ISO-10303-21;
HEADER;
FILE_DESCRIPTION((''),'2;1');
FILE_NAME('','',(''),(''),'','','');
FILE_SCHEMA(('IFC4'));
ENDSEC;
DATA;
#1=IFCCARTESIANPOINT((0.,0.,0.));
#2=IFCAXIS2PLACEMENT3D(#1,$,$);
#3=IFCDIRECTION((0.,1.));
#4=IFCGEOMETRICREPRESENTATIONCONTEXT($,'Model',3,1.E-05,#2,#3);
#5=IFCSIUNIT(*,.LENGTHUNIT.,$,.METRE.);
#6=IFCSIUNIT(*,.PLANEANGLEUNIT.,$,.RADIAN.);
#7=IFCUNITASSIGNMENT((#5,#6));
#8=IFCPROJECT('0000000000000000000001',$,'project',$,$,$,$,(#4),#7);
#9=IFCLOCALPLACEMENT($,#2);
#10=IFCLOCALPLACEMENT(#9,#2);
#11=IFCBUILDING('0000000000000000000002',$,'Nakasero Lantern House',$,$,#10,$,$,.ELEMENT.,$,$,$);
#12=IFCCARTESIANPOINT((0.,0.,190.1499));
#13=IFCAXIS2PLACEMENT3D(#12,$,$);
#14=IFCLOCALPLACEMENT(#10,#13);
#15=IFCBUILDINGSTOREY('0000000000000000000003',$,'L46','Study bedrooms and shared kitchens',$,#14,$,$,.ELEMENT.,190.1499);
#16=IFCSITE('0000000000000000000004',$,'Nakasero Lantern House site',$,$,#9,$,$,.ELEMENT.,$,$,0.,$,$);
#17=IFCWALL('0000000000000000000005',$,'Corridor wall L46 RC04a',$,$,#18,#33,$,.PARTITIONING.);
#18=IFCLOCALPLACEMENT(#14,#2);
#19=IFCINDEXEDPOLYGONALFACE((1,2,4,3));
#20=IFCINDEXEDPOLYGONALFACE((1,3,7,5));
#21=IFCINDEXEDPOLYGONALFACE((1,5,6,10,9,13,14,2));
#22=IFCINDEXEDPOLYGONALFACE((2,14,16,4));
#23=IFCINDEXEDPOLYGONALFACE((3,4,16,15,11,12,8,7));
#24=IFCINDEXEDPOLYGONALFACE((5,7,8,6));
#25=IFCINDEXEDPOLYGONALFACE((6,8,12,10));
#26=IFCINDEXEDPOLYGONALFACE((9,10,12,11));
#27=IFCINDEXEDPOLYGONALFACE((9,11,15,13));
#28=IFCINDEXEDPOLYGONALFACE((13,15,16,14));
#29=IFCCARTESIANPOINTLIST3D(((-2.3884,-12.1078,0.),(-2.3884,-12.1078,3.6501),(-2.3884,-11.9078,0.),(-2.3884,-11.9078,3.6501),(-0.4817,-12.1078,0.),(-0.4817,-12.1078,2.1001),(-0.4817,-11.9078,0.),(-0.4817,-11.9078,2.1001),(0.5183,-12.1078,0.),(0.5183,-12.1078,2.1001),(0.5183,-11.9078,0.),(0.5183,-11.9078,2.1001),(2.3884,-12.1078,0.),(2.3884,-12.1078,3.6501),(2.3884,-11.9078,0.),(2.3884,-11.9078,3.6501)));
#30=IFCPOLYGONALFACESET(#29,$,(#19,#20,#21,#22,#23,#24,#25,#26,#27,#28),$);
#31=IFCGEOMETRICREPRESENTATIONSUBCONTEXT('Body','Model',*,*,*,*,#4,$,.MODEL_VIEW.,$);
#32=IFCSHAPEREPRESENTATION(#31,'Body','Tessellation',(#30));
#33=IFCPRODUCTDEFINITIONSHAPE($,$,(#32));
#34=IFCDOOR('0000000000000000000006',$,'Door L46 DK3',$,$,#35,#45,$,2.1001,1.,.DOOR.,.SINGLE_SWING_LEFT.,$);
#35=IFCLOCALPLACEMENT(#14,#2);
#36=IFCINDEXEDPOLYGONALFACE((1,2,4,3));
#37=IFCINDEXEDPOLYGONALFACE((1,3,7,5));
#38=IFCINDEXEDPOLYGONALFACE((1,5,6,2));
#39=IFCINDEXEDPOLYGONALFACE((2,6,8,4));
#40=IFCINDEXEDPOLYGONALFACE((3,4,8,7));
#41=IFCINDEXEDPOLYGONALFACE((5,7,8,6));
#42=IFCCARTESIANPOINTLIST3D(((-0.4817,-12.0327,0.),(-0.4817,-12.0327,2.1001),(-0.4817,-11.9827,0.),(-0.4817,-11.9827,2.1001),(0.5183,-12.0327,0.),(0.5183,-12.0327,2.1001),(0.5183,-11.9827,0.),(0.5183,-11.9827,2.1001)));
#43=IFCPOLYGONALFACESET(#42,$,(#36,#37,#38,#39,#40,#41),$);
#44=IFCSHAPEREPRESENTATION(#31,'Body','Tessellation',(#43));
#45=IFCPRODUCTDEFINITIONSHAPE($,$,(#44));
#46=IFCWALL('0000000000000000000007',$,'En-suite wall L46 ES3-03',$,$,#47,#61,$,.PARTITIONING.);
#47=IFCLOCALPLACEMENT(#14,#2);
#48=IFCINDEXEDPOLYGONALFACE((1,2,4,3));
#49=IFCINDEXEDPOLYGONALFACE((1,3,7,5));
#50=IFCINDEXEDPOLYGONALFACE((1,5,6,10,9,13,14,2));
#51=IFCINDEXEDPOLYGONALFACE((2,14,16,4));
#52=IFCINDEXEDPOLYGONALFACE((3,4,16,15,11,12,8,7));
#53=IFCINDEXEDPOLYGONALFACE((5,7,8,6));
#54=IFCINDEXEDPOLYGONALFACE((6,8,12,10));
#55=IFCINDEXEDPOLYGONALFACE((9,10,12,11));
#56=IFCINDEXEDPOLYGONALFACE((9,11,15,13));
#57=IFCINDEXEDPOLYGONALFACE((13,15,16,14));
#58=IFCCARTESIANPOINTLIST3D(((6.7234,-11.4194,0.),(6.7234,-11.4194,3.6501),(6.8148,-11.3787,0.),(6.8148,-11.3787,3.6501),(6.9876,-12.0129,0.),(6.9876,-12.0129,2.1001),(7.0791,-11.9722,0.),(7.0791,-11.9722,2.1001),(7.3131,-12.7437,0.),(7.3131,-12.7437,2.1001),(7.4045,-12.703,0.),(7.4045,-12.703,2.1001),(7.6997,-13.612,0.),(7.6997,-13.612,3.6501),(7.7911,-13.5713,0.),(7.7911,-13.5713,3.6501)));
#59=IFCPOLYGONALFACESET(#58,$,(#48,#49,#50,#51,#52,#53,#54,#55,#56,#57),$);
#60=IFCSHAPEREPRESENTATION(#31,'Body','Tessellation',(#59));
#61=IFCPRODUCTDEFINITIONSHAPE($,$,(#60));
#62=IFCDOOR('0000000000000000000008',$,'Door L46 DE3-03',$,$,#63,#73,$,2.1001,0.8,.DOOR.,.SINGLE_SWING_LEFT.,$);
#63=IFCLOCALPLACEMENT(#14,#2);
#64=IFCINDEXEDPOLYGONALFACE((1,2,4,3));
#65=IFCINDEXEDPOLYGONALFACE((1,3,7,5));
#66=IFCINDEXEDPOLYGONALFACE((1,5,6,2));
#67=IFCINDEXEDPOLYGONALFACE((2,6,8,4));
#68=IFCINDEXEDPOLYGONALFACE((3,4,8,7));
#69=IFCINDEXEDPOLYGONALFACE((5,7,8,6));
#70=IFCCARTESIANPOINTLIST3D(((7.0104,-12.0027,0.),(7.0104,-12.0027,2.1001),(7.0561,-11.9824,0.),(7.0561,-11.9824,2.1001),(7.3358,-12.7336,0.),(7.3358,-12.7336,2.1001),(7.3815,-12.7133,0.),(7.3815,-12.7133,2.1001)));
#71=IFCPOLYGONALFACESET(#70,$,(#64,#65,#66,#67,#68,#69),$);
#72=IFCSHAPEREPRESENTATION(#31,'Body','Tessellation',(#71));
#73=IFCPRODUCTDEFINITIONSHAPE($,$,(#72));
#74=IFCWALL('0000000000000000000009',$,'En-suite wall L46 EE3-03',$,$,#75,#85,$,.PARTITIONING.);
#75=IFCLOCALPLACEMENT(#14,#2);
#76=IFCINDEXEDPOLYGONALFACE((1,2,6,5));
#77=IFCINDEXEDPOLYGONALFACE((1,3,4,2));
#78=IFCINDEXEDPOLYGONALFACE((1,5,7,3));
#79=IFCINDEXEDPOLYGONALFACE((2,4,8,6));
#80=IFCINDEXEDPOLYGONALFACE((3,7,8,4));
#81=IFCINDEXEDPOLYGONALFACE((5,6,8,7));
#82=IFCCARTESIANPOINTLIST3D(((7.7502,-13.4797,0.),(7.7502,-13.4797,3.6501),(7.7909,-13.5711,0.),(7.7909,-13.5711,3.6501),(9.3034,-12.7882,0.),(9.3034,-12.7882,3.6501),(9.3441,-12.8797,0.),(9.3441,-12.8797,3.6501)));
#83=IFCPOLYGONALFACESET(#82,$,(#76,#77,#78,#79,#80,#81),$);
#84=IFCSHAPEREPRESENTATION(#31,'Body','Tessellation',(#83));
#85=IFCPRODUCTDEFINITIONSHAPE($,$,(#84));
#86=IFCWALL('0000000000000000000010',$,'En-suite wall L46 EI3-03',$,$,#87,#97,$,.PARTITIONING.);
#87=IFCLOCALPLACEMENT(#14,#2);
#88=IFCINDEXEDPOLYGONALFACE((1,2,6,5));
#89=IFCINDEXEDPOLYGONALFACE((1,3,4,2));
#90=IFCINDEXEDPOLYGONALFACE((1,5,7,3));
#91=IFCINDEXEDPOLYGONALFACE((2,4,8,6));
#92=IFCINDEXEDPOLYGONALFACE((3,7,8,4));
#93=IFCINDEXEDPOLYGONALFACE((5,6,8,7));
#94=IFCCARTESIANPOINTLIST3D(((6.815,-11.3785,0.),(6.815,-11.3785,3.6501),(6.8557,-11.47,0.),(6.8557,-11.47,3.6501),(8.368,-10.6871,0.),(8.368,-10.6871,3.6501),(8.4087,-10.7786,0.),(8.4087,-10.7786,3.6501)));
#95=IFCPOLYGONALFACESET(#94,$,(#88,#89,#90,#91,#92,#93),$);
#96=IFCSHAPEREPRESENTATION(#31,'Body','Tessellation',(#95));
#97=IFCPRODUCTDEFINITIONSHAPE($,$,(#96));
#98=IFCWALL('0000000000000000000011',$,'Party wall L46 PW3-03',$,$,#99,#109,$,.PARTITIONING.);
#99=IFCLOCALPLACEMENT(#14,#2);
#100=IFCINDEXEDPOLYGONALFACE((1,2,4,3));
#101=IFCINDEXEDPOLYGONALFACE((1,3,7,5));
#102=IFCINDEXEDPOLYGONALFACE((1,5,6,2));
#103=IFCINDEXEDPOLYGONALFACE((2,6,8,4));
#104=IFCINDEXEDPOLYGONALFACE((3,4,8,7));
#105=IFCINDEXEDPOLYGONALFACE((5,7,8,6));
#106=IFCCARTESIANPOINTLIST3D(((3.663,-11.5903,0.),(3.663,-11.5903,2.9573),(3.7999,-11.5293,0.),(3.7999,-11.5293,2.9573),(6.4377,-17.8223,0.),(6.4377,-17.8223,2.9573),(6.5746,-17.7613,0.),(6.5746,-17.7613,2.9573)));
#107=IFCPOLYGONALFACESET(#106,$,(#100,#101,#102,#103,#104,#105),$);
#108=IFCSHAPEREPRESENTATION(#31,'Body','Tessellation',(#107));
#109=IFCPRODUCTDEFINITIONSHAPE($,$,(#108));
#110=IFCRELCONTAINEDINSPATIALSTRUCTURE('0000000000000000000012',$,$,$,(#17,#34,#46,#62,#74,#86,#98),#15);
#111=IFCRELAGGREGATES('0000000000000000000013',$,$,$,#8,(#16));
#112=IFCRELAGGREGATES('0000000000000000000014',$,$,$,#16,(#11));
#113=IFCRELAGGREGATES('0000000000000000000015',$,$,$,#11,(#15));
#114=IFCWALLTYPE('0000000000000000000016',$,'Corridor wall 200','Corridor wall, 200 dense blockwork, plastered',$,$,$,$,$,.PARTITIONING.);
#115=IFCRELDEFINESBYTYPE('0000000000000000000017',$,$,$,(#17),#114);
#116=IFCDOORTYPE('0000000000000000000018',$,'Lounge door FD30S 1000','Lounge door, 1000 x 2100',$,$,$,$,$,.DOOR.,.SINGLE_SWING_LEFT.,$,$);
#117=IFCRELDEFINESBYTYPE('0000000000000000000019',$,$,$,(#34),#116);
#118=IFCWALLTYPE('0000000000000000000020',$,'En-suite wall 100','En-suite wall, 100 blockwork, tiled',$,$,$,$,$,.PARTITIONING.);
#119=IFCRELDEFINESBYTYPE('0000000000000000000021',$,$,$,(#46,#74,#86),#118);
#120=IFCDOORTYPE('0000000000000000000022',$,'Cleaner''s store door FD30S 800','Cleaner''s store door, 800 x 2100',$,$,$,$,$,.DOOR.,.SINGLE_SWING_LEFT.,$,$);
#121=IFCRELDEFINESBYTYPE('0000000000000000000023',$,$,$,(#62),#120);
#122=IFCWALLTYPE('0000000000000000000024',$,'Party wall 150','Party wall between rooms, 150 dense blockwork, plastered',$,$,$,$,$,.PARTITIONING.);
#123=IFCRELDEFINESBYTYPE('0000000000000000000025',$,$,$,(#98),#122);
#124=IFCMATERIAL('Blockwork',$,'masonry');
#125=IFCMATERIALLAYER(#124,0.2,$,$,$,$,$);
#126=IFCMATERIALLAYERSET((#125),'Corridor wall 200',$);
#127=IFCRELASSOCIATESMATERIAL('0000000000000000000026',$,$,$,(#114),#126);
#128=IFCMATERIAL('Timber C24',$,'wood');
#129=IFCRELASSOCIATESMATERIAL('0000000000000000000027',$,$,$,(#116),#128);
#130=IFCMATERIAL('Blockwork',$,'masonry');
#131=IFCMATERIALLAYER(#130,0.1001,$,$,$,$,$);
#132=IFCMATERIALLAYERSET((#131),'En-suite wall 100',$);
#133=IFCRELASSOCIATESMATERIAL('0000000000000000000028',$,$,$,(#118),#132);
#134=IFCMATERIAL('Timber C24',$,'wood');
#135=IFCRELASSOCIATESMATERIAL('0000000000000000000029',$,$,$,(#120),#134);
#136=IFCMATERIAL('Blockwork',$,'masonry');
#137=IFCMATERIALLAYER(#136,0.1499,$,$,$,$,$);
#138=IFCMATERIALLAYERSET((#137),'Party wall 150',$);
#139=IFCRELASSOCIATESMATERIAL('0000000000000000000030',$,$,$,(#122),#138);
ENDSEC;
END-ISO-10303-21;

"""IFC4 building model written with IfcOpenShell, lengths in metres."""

from ifc_helpers import new_model, si_unit, direction, frame, frame_2d, origin, place, context, subcontext, project, spatial, rectangle, extrude, material, layer, layer_set, type_object, element, fill, save


model = new_model("IFC4")

# Units and contexts
model_context = context("Model", 3, precision=1e-05, world=origin(), true_north=direction((0.0, 1.0)))
body_context = subcontext(model_context, "Body", "Model", "MODEL_VIEW")
ifc_project = project(units=[si_unit("LENGTHUNIT", "METRE"), si_unit("PLANEANGLEUNIT", "RADIAN")], contexts=[model_context])

# Site, building, storey
site_placement = place(None, origin())
site = spatial("IfcSite", under=ifc_project, at=site_placement, Name="Nakasero Lantern House site", CompositionType="ELEMENT", RefElevation=0.0)
building_placement = place(site_placement, origin())
building = spatial("IfcBuilding", under=site, at=building_placement, Name="Nakasero Lantern House", CompositionType="ELEMENT")
storey_placement = place(building_placement, frame((0.0, 0.0, 190.1499)))
storey = spatial("IfcBuildingStorey", under=building, at=storey_placement, Name="L46", Description="Study bedrooms and shared kitchens", CompositionType="ELEMENT", Elevation=190.1499)

# Walls, openings, doors
ifc_material_1 = material(Name="Blockwork", Category="masonry")
ifc_layer_1 = layer(ifc_material_1, 0.2)
ifc_layer_set_1 = layer_set([ifc_layer_1], Name="Corridor wall 200")
wall_type_1 = type_object("IfcWallType", Name="Corridor wall 200", Description="Corridor wall, 200 dense blockwork, plastered", PredefinedType="PARTITIONING", material=ifc_layer_set_1)
wall_1_placement = place(storey_placement, frame((2.3884, -12.0078, 0.0), z_axis=(0.0, 0.0, 1.0), x_axis=(-1.0, 0.0, 0.0)))
wall_1 = element("IfcWall", 1, at=wall_1_placement, inside=storey, type_object=wall_type_1, Name="Corridor wall L46 RC04a", PredefinedType="PARTITIONING", context=body_context, shape_type="SweptSolid", body=[
    extrude(rectangle(XDim=4.7769, YDim=0.2, at=frame_2d((2.3884, 0.0))), origin(), (0.0, 0.0, 1.0), 3.6501),
])
opening_1_placement = place(wall_1_placement, frame((1.8701, 0.0, 0.0)))
opening_1 = element("IfcOpeningElement", 2, at=opening_1_placement, cuts=wall_1, PredefinedType="OPENING", context=body_context, shape_type="SweptSolid", body=[
    extrude(rectangle(XDim=1.0, YDim=2.1001, at=frame_2d((0.5, 1.05))), frame((0.0, 0.1199, 0.0), z_axis=(0.0, -1.0, 0.0), x_axis=(1.0, 0.0, 0.0)), (0.0, 0.0, 1.0), 0.24),
])
ifc_material_2 = material(Name="Timber C24", Category="wood")
door_type_1 = type_object("IfcDoorType", Name="Lounge door FD30S 1000", Description="Lounge door, 1000 x 2100", OperationType="SINGLE_SWING_LEFT", PredefinedType="DOOR", material=ifc_material_2)
door_1_placement = place(opening_1_placement, origin())
door_1 = element("IfcDoor", 3, at=door_1_placement, inside=storey, type_object=door_type_1, Name="Door L46 DK3", OperationType="SINGLE_SWING_LEFT", OverallHeight=2.1001, OverallWidth=1.0, PredefinedType="DOOR", context=body_context, shape_type="SweptSolid", body=[
    extrude(rectangle(XDim=1.0, YDim=2.1001, at=frame_2d((0.5, 1.05))), frame((0.0, 0.0249, 0.0), z_axis=(0.0, -1.0, 0.0), x_axis=(1.0, 0.0, 0.0)), (0.0, 0.0, 1.0), 0.05),
])
fill(opening_1, door_1)
ifc_material_3 = material(Name="Blockwork", Category="masonry")
ifc_layer_2 = layer(ifc_material_3, 0.1001)
ifc_layer_set_2 = layer_set([ifc_layer_2], Name="En-suite wall 100")
wall_type_2 = type_object("IfcWallType", Name="En-suite wall 100", Description="En-suite wall, 100 blockwork, tiled", PredefinedType="PARTITIONING", material=ifc_layer_set_2)
wall_2_placement = place(storey_placement, frame((6.769, -11.3989, 0.0), z_axis=(0.0, 0.0, 1.0), x_axis=(0.406771, -0.91353, 0.0)))
wall_2 = element("IfcWall", 4, at=wall_2_placement, inside=storey, type_object=wall_type_2, Name="En-suite wall L46 ES3-03", PredefinedType="PARTITIONING", context=body_context, shape_type="SweptSolid", body=[
    extrude(rectangle(XDim=2.4001, YDim=0.1001, at=frame_2d((1.2002, 0.0))), origin(), (0.0, 0.0, 1.0), 3.6501),
])
opening_2_placement = place(wall_2_placement, frame((0.6499, 0.0, 0.0)))
opening_2 = element("IfcOpeningElement", 5, at=opening_2_placement, cuts=wall_2, PredefinedType="OPENING", context=body_context, shape_type="SweptSolid", body=[
    extrude(rectangle(XDim=0.8, YDim=2.1001, at=frame_2d((0.3999, 1.05))), frame((0.0, 0.0701, 0.0), z_axis=(0.0, -1.0, 0.0), x_axis=(1.0, 0.0, 0.0)), (0.0, 0.0, 1.0), 0.1401),
])
ifc_material_4 = material(Name="Timber C24", Category="wood")
door_type_2 = type_object("IfcDoorType", Name="Cleaner's store door FD30S 800", Description="Cleaner's store door, 800 x 2100", OperationType="SINGLE_SWING_LEFT", PredefinedType="DOOR", material=ifc_material_4)
door_2_placement = place(opening_2_placement, origin())
door_2 = element("IfcDoor", 6, at=door_2_placement, inside=storey, type_object=door_type_2, Name="Door L46 DE3-03", OperationType="SINGLE_SWING_LEFT", OverallHeight=2.1001, OverallWidth=0.8, PredefinedType="DOOR", context=body_context, shape_type="SweptSolid", body=[
    extrude(rectangle(XDim=0.8, YDim=2.1001, at=frame_2d((0.3999, 1.05))), frame((0.0, 0.0249, 0.0), z_axis=(0.0, -1.0, 0.0), x_axis=(1.0, 0.0, 0.0)), (0.0, 0.0, 1.0), 0.05),
])
fill(opening_2, door_2)

# Walls
wall_3_placement = place(storey_placement, frame((7.7705, -13.5254, 0.0), z_axis=(0.0, 0.0, 1.0), x_axis=(0.913575, 0.406671, 0.0)))
element("IfcWall", 7, at=wall_3_placement, inside=storey, type_object=wall_type_2, Name="En-suite wall L46 EE3-03", PredefinedType="PARTITIONING", context=body_context, shape_type="SweptSolid", body=[
    extrude(rectangle(XDim=1.7002, YDim=0.1001, at=frame_2d((0.8501, 0.0))), origin(), (0.0, 0.0, 1.0), 3.6501),
])
wall_4_placement = place(storey_placement, frame((6.8352, -11.4243, 0.0), z_axis=(0.0, 0.0, 1.0), x_axis=(0.913551, 0.406725, 0.0)))
element("IfcWall", 8, at=wall_4_placement, inside=storey, type_object=wall_type_2, Name="En-suite wall L46 EI3-03", PredefinedType="PARTITIONING", context=body_context, shape_type="SweptSolid", body=[
    extrude(rectangle(XDim=1.7, YDim=0.1001, at=frame_2d((0.8501, 0.0))), origin(), (0.0, 0.0, 1.0), 3.6501),
])
ifc_material_5 = material(Name="Blockwork", Category="masonry")
ifc_layer_3 = layer(ifc_material_5, 0.1499)
ifc_layer_set_3 = layer_set([ifc_layer_3], Name="Party wall 150")
wall_type_3 = type_object("IfcWallType", Name="Party wall 150", Description="Party wall between rooms, 150 dense blockwork, plastered", PredefinedType="PARTITIONING", material=ifc_layer_set_3)
wall_5_placement = place(storey_placement, frame((3.7314, -11.5598, 0.0), z_axis=(0.0, 0.0, 1.0), x_axis=(0.406739, -0.913544, 0.0)))
element("IfcWall", 9, at=wall_5_placement, inside=storey, type_object=wall_type_3, Name="Party wall L46 PW3-03", PredefinedType="PARTITIONING", context=body_context, shape_type="SweptSolid", body=[
    extrude(rectangle(XDim=6.8218, YDim=0.1499, at=frame_2d((3.4109, 0.0))), origin(), (0.0, 0.0, 1.0), 2.9573),
])

save(model, "model.ifc")
